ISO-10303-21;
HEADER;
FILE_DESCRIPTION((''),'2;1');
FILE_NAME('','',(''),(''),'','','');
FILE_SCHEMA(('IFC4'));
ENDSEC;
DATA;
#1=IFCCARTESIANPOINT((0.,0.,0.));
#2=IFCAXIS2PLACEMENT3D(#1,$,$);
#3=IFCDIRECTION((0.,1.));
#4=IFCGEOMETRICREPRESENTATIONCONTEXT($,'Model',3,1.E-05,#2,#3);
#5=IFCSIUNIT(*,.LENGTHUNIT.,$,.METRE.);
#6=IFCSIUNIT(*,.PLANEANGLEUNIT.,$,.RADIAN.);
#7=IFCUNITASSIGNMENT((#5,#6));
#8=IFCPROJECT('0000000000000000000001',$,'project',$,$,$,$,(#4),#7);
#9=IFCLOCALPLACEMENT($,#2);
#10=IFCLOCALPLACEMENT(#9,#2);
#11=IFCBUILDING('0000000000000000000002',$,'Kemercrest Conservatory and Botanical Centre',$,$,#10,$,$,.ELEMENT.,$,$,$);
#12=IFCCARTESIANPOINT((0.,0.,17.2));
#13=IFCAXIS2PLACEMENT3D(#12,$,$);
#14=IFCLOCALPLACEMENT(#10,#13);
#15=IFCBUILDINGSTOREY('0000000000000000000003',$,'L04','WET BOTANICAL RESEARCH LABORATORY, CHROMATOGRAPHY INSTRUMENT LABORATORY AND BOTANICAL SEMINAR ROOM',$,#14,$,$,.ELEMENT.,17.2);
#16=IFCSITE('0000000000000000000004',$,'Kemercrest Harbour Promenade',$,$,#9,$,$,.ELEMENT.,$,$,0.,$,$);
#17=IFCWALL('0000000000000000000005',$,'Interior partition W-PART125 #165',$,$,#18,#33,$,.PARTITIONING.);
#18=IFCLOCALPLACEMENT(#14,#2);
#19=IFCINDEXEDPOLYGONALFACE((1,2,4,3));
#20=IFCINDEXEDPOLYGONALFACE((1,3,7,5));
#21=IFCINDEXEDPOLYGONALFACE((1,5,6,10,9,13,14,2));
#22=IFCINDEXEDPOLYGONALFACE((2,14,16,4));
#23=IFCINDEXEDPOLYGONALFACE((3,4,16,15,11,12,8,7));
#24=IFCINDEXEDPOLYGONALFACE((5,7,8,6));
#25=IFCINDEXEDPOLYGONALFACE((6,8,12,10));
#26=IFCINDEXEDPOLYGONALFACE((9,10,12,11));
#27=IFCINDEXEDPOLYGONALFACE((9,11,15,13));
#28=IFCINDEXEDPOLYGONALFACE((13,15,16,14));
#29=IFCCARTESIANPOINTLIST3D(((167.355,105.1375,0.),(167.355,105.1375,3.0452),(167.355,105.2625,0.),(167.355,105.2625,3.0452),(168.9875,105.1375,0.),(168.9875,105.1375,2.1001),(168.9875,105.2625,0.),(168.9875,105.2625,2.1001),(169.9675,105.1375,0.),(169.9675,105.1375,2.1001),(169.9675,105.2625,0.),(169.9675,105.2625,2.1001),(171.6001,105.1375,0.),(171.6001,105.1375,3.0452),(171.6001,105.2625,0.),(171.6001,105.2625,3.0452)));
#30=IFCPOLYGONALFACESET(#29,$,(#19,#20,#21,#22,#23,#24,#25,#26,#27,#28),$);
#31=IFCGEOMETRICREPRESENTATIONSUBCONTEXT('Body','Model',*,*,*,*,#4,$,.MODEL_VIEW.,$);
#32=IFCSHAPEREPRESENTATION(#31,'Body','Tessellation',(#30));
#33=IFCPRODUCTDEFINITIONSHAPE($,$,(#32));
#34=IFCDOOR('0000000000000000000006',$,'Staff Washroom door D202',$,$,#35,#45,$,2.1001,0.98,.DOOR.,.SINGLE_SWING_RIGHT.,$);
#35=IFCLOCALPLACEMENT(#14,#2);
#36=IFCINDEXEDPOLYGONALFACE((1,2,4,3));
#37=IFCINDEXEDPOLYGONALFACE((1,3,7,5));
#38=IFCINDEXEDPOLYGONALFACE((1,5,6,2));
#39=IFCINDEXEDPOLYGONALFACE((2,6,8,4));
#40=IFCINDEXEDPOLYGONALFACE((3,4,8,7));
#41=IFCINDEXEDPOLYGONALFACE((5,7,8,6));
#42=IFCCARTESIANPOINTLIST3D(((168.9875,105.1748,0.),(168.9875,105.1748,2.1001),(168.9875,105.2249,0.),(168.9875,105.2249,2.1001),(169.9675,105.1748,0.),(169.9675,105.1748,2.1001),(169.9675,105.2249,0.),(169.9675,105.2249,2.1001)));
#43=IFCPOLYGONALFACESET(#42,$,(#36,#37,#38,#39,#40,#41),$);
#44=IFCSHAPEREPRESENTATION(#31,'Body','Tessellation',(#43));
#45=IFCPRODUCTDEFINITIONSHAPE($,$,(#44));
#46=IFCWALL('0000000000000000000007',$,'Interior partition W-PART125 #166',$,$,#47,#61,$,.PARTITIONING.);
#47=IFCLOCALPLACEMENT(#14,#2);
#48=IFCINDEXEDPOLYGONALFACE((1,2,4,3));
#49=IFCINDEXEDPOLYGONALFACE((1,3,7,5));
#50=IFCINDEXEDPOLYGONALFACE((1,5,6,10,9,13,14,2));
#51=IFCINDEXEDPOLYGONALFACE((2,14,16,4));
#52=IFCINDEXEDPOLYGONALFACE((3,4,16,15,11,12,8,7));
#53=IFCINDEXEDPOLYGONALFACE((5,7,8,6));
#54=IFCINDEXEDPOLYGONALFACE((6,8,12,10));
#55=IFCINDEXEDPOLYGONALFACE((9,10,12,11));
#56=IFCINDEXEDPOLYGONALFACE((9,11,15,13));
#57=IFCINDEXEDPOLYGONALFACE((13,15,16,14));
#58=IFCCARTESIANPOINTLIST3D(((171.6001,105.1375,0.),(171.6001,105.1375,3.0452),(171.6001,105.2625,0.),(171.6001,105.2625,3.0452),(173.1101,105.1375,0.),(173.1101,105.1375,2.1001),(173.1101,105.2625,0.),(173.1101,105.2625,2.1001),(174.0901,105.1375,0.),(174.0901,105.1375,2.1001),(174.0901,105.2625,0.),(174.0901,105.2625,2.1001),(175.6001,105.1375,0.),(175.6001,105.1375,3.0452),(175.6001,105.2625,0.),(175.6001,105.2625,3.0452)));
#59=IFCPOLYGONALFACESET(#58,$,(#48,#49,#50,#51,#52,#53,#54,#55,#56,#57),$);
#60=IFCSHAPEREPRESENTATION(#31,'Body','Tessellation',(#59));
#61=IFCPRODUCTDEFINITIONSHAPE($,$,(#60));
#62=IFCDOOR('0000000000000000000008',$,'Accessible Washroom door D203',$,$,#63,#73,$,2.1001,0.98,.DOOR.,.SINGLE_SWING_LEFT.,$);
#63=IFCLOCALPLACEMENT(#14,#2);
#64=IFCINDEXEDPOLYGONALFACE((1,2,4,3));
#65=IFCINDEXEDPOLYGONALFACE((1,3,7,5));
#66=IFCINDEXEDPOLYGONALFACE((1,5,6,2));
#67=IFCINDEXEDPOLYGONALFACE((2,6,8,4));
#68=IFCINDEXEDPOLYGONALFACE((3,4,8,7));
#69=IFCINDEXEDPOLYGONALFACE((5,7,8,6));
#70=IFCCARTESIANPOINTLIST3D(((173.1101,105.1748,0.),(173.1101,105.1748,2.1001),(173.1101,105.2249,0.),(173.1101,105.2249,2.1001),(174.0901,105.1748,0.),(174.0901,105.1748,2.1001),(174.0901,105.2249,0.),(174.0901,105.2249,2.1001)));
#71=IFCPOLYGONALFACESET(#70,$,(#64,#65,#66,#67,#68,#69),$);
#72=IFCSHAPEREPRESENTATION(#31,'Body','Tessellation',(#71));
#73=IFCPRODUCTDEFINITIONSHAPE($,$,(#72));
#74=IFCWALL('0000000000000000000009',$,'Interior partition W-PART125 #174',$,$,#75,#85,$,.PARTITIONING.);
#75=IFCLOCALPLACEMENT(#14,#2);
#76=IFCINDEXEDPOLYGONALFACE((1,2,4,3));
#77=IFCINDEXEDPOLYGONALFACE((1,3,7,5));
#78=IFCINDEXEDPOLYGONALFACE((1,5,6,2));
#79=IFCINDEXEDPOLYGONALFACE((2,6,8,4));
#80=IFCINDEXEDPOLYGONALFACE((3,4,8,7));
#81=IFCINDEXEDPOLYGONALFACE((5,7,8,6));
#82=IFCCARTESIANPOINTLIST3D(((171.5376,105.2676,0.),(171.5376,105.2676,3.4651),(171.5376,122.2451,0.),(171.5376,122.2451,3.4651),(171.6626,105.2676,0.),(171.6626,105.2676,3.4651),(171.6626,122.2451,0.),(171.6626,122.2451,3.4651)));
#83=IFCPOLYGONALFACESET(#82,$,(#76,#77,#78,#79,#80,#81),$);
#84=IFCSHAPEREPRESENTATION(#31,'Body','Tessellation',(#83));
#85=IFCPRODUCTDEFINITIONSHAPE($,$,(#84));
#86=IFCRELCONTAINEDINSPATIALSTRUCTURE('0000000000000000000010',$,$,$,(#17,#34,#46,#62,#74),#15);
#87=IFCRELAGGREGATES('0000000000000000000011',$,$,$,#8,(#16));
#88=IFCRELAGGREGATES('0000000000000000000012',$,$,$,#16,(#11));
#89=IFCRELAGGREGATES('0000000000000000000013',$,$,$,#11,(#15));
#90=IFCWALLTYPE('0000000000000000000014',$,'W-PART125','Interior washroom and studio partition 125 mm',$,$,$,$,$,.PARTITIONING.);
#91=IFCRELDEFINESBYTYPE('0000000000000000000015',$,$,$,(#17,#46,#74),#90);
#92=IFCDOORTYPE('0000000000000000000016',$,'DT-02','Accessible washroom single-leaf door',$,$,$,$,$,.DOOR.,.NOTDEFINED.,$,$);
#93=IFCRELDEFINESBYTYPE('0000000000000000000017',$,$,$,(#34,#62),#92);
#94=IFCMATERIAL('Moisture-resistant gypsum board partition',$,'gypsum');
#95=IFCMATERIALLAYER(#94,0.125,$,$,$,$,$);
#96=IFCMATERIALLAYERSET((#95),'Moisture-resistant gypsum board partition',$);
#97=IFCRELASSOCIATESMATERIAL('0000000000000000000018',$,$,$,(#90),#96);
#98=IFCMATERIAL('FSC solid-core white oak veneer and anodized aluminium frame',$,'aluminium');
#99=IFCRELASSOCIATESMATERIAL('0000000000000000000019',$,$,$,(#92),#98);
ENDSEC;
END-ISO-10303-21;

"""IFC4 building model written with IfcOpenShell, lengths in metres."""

from ifc_helpers import new_model, si_unit, direction, frame, frame_2d, origin, place, context, subcontext, project, spatial, rectangle, extrude, material, layer, layer_set, type_object, element, fill, save


model = new_model("IFC4")

# Units and contexts
model_context = context("Model", 3, precision=1e-05, world=origin(), true_north=direction((0.0, 1.0)))
body_context = subcontext(model_context, "Body", "Model", "MODEL_VIEW")
ifc_project = project(units=[si_unit("LENGTHUNIT", "METRE"), si_unit("PLANEANGLEUNIT", "RADIAN")], contexts=[model_context])

# Site, building, storey
site_placement = place(None, origin())
site = spatial("IfcSite", under=ifc_project, at=site_placement, Name="Kemercrest Harbour Promenade", CompositionType="ELEMENT", RefElevation=0.0)
building_placement = place(site_placement, origin())
building = spatial("IfcBuilding", under=site, at=building_placement, Name="Kemercrest Conservatory and Botanical Centre", CompositionType="ELEMENT")
storey_placement = place(building_placement, frame((0.0, 0.0, 17.2)))
storey = spatial("IfcBuildingStorey", under=building, at=storey_placement, Name="L04", Description="WET BOTANICAL RESEARCH LABORATORY, CHROMATOGRAPHY INSTRUMENT LABORATORY AND BOTANICAL SEMINAR ROOM", CompositionType="ELEMENT", Elevation=17.2)

# Walls, openings, doors
ifc_material_1 = material(Name="Moisture-resistant gypsum board partition", Category="gypsum")
ifc_layer_1 = layer(ifc_material_1, 0.125)
ifc_layer_set_1 = layer_set([ifc_layer_1], Name="Moisture-resistant gypsum board partition")
wall_type_1 = type_object("IfcWallType", Name="W-PART125", Description="Interior washroom and studio partition 125 mm", PredefinedType="PARTITIONING", material=ifc_layer_set_1)
wall_1_placement = place(storey_placement, frame((167.355, 105.2, 0.0), z_axis=(0.0, 0.0, 1.0), x_axis=(1.0, 0.0, 0.0)))
wall_1 = element("IfcWall", 1, at=wall_1_placement, inside=storey, type_object=wall_type_1, Name="Interior partition W-PART125 #165", PredefinedType="PARTITIONING", context=body_context, shape_type="SweptSolid", body=[
    extrude(rectangle(XDim=4.2451, YDim=0.125, at=frame_2d((2.1226, 0.0))), origin(), (0.0, 0.0, 1.0), 3.0452),
])
opening_1_placement = place(wall_1_placement, frame((1.6326, 0.0, 0.0)))
opening_1 = element("IfcOpeningElement", 2, at=opening_1_placement, cuts=wall_1, PredefinedType="OPENING", context=body_context, shape_type="SweptSolid", body=[
    extrude(rectangle(XDim=0.98, YDim=2.1001, at=frame_2d((0.49, 1.05))), frame((0.0, 0.0725, 0.0), z_axis=(0.0, -1.0, 0.0), x_axis=(1.0, 0.0, 0.0)), (0.0, 0.0, 1.0), 0.145),
])
ifc_material_2 = material(Name="FSC solid-core white oak veneer and anodized aluminium frame", Category="aluminium")
door_type = type_object("IfcDoorType", Name="DT-02", Description="Accessible washroom single-leaf door", OperationType="NOTDEFINED", PredefinedType="DOOR", material=ifc_material_2)
door_1_placement = place(opening_1_placement, origin())
door_1 = element("IfcDoor", 3, at=door_1_placement, inside=storey, type_object=door_type, Name="Staff Washroom door D202", OperationType="SINGLE_SWING_RIGHT", OverallHeight=2.1001, OverallWidth=0.98, PredefinedType="DOOR", context=body_context, shape_type="SweptSolid", body=[
    extrude(rectangle(XDim=0.98, YDim=2.1001, at=frame_2d((0.49, 1.05))), frame((0.0, 0.0249, 0.0), z_axis=(0.0, -1.0, 0.0), x_axis=(1.0, 0.0, 0.0)), (0.0, 0.0, 1.0), 0.05),
])
fill(opening_1, door_1)
wall_2_placement = place(storey_placement, frame((171.6001, 105.2, 0.0), z_axis=(0.0, 0.0, 1.0), x_axis=(1.0, 0.0, 0.0)))
wall_2 = element("IfcWall", 4, at=wall_2_placement, inside=storey, type_object=wall_type_1, Name="Interior partition W-PART125 #166", PredefinedType="PARTITIONING", context=body_context, shape_type="SweptSolid", body=[
    extrude(rectangle(XDim=4.0, YDim=0.125, at=frame_2d((2.0, 0.0))), origin(), (0.0, 0.0, 1.0), 3.0452),
])
opening_2_placement = place(wall_2_placement, frame((1.51, 0.0, 0.0)))
opening_2 = element("IfcOpeningElement", 5, at=opening_2_placement, cuts=wall_2, PredefinedType="OPENING", context=body_context, shape_type="SweptSolid", body=[
    extrude(rectangle(XDim=0.98, YDim=2.1001, at=frame_2d((0.49, 1.05))), frame((0.0, 0.0725, 0.0), z_axis=(0.0, -1.0, 0.0), x_axis=(1.0, 0.0, 0.0)), (0.0, 0.0, 1.0), 0.145),
])
door_2_placement = place(opening_2_placement, origin())
door_2 = element("IfcDoor", 6, at=door_2_placement, inside=storey, type_object=door_type, Name="Accessible Washroom door D203", OperationType="SINGLE_SWING_LEFT", OverallHeight=2.1001, OverallWidth=0.98, PredefinedType="DOOR", context=body_context, shape_type="SweptSolid", body=[
    extrude(rectangle(XDim=0.98, YDim=2.1001, at=frame_2d((0.49, 1.05))), frame((0.0, 0.0249, 0.0), z_axis=(0.0, -1.0, 0.0), x_axis=(1.0, 0.0, 0.0)), (0.0, 0.0, 1.0), 0.05),
])
fill(opening_2, door_2)

# Wall
wall_3_placement = place(storey_placement, frame((171.6001, 105.2676, 0.0), z_axis=(0.0, 0.0, 1.0), x_axis=(0.0, 1.0, 0.0)))
element("IfcWall", 7, at=wall_3_placement, inside=storey, type_object=wall_type_1, Name="Interior partition W-PART125 #174", PredefinedType="PARTITIONING", context=body_context, shape_type="SweptSolid", body=[
    extrude(rectangle(XDim=16.9775, YDim=0.125, at=frame_2d((8.4888, 0.0))), origin(), (0.0, 0.0, 1.0), 3.4651),
])

save(model, "model.ifc")
